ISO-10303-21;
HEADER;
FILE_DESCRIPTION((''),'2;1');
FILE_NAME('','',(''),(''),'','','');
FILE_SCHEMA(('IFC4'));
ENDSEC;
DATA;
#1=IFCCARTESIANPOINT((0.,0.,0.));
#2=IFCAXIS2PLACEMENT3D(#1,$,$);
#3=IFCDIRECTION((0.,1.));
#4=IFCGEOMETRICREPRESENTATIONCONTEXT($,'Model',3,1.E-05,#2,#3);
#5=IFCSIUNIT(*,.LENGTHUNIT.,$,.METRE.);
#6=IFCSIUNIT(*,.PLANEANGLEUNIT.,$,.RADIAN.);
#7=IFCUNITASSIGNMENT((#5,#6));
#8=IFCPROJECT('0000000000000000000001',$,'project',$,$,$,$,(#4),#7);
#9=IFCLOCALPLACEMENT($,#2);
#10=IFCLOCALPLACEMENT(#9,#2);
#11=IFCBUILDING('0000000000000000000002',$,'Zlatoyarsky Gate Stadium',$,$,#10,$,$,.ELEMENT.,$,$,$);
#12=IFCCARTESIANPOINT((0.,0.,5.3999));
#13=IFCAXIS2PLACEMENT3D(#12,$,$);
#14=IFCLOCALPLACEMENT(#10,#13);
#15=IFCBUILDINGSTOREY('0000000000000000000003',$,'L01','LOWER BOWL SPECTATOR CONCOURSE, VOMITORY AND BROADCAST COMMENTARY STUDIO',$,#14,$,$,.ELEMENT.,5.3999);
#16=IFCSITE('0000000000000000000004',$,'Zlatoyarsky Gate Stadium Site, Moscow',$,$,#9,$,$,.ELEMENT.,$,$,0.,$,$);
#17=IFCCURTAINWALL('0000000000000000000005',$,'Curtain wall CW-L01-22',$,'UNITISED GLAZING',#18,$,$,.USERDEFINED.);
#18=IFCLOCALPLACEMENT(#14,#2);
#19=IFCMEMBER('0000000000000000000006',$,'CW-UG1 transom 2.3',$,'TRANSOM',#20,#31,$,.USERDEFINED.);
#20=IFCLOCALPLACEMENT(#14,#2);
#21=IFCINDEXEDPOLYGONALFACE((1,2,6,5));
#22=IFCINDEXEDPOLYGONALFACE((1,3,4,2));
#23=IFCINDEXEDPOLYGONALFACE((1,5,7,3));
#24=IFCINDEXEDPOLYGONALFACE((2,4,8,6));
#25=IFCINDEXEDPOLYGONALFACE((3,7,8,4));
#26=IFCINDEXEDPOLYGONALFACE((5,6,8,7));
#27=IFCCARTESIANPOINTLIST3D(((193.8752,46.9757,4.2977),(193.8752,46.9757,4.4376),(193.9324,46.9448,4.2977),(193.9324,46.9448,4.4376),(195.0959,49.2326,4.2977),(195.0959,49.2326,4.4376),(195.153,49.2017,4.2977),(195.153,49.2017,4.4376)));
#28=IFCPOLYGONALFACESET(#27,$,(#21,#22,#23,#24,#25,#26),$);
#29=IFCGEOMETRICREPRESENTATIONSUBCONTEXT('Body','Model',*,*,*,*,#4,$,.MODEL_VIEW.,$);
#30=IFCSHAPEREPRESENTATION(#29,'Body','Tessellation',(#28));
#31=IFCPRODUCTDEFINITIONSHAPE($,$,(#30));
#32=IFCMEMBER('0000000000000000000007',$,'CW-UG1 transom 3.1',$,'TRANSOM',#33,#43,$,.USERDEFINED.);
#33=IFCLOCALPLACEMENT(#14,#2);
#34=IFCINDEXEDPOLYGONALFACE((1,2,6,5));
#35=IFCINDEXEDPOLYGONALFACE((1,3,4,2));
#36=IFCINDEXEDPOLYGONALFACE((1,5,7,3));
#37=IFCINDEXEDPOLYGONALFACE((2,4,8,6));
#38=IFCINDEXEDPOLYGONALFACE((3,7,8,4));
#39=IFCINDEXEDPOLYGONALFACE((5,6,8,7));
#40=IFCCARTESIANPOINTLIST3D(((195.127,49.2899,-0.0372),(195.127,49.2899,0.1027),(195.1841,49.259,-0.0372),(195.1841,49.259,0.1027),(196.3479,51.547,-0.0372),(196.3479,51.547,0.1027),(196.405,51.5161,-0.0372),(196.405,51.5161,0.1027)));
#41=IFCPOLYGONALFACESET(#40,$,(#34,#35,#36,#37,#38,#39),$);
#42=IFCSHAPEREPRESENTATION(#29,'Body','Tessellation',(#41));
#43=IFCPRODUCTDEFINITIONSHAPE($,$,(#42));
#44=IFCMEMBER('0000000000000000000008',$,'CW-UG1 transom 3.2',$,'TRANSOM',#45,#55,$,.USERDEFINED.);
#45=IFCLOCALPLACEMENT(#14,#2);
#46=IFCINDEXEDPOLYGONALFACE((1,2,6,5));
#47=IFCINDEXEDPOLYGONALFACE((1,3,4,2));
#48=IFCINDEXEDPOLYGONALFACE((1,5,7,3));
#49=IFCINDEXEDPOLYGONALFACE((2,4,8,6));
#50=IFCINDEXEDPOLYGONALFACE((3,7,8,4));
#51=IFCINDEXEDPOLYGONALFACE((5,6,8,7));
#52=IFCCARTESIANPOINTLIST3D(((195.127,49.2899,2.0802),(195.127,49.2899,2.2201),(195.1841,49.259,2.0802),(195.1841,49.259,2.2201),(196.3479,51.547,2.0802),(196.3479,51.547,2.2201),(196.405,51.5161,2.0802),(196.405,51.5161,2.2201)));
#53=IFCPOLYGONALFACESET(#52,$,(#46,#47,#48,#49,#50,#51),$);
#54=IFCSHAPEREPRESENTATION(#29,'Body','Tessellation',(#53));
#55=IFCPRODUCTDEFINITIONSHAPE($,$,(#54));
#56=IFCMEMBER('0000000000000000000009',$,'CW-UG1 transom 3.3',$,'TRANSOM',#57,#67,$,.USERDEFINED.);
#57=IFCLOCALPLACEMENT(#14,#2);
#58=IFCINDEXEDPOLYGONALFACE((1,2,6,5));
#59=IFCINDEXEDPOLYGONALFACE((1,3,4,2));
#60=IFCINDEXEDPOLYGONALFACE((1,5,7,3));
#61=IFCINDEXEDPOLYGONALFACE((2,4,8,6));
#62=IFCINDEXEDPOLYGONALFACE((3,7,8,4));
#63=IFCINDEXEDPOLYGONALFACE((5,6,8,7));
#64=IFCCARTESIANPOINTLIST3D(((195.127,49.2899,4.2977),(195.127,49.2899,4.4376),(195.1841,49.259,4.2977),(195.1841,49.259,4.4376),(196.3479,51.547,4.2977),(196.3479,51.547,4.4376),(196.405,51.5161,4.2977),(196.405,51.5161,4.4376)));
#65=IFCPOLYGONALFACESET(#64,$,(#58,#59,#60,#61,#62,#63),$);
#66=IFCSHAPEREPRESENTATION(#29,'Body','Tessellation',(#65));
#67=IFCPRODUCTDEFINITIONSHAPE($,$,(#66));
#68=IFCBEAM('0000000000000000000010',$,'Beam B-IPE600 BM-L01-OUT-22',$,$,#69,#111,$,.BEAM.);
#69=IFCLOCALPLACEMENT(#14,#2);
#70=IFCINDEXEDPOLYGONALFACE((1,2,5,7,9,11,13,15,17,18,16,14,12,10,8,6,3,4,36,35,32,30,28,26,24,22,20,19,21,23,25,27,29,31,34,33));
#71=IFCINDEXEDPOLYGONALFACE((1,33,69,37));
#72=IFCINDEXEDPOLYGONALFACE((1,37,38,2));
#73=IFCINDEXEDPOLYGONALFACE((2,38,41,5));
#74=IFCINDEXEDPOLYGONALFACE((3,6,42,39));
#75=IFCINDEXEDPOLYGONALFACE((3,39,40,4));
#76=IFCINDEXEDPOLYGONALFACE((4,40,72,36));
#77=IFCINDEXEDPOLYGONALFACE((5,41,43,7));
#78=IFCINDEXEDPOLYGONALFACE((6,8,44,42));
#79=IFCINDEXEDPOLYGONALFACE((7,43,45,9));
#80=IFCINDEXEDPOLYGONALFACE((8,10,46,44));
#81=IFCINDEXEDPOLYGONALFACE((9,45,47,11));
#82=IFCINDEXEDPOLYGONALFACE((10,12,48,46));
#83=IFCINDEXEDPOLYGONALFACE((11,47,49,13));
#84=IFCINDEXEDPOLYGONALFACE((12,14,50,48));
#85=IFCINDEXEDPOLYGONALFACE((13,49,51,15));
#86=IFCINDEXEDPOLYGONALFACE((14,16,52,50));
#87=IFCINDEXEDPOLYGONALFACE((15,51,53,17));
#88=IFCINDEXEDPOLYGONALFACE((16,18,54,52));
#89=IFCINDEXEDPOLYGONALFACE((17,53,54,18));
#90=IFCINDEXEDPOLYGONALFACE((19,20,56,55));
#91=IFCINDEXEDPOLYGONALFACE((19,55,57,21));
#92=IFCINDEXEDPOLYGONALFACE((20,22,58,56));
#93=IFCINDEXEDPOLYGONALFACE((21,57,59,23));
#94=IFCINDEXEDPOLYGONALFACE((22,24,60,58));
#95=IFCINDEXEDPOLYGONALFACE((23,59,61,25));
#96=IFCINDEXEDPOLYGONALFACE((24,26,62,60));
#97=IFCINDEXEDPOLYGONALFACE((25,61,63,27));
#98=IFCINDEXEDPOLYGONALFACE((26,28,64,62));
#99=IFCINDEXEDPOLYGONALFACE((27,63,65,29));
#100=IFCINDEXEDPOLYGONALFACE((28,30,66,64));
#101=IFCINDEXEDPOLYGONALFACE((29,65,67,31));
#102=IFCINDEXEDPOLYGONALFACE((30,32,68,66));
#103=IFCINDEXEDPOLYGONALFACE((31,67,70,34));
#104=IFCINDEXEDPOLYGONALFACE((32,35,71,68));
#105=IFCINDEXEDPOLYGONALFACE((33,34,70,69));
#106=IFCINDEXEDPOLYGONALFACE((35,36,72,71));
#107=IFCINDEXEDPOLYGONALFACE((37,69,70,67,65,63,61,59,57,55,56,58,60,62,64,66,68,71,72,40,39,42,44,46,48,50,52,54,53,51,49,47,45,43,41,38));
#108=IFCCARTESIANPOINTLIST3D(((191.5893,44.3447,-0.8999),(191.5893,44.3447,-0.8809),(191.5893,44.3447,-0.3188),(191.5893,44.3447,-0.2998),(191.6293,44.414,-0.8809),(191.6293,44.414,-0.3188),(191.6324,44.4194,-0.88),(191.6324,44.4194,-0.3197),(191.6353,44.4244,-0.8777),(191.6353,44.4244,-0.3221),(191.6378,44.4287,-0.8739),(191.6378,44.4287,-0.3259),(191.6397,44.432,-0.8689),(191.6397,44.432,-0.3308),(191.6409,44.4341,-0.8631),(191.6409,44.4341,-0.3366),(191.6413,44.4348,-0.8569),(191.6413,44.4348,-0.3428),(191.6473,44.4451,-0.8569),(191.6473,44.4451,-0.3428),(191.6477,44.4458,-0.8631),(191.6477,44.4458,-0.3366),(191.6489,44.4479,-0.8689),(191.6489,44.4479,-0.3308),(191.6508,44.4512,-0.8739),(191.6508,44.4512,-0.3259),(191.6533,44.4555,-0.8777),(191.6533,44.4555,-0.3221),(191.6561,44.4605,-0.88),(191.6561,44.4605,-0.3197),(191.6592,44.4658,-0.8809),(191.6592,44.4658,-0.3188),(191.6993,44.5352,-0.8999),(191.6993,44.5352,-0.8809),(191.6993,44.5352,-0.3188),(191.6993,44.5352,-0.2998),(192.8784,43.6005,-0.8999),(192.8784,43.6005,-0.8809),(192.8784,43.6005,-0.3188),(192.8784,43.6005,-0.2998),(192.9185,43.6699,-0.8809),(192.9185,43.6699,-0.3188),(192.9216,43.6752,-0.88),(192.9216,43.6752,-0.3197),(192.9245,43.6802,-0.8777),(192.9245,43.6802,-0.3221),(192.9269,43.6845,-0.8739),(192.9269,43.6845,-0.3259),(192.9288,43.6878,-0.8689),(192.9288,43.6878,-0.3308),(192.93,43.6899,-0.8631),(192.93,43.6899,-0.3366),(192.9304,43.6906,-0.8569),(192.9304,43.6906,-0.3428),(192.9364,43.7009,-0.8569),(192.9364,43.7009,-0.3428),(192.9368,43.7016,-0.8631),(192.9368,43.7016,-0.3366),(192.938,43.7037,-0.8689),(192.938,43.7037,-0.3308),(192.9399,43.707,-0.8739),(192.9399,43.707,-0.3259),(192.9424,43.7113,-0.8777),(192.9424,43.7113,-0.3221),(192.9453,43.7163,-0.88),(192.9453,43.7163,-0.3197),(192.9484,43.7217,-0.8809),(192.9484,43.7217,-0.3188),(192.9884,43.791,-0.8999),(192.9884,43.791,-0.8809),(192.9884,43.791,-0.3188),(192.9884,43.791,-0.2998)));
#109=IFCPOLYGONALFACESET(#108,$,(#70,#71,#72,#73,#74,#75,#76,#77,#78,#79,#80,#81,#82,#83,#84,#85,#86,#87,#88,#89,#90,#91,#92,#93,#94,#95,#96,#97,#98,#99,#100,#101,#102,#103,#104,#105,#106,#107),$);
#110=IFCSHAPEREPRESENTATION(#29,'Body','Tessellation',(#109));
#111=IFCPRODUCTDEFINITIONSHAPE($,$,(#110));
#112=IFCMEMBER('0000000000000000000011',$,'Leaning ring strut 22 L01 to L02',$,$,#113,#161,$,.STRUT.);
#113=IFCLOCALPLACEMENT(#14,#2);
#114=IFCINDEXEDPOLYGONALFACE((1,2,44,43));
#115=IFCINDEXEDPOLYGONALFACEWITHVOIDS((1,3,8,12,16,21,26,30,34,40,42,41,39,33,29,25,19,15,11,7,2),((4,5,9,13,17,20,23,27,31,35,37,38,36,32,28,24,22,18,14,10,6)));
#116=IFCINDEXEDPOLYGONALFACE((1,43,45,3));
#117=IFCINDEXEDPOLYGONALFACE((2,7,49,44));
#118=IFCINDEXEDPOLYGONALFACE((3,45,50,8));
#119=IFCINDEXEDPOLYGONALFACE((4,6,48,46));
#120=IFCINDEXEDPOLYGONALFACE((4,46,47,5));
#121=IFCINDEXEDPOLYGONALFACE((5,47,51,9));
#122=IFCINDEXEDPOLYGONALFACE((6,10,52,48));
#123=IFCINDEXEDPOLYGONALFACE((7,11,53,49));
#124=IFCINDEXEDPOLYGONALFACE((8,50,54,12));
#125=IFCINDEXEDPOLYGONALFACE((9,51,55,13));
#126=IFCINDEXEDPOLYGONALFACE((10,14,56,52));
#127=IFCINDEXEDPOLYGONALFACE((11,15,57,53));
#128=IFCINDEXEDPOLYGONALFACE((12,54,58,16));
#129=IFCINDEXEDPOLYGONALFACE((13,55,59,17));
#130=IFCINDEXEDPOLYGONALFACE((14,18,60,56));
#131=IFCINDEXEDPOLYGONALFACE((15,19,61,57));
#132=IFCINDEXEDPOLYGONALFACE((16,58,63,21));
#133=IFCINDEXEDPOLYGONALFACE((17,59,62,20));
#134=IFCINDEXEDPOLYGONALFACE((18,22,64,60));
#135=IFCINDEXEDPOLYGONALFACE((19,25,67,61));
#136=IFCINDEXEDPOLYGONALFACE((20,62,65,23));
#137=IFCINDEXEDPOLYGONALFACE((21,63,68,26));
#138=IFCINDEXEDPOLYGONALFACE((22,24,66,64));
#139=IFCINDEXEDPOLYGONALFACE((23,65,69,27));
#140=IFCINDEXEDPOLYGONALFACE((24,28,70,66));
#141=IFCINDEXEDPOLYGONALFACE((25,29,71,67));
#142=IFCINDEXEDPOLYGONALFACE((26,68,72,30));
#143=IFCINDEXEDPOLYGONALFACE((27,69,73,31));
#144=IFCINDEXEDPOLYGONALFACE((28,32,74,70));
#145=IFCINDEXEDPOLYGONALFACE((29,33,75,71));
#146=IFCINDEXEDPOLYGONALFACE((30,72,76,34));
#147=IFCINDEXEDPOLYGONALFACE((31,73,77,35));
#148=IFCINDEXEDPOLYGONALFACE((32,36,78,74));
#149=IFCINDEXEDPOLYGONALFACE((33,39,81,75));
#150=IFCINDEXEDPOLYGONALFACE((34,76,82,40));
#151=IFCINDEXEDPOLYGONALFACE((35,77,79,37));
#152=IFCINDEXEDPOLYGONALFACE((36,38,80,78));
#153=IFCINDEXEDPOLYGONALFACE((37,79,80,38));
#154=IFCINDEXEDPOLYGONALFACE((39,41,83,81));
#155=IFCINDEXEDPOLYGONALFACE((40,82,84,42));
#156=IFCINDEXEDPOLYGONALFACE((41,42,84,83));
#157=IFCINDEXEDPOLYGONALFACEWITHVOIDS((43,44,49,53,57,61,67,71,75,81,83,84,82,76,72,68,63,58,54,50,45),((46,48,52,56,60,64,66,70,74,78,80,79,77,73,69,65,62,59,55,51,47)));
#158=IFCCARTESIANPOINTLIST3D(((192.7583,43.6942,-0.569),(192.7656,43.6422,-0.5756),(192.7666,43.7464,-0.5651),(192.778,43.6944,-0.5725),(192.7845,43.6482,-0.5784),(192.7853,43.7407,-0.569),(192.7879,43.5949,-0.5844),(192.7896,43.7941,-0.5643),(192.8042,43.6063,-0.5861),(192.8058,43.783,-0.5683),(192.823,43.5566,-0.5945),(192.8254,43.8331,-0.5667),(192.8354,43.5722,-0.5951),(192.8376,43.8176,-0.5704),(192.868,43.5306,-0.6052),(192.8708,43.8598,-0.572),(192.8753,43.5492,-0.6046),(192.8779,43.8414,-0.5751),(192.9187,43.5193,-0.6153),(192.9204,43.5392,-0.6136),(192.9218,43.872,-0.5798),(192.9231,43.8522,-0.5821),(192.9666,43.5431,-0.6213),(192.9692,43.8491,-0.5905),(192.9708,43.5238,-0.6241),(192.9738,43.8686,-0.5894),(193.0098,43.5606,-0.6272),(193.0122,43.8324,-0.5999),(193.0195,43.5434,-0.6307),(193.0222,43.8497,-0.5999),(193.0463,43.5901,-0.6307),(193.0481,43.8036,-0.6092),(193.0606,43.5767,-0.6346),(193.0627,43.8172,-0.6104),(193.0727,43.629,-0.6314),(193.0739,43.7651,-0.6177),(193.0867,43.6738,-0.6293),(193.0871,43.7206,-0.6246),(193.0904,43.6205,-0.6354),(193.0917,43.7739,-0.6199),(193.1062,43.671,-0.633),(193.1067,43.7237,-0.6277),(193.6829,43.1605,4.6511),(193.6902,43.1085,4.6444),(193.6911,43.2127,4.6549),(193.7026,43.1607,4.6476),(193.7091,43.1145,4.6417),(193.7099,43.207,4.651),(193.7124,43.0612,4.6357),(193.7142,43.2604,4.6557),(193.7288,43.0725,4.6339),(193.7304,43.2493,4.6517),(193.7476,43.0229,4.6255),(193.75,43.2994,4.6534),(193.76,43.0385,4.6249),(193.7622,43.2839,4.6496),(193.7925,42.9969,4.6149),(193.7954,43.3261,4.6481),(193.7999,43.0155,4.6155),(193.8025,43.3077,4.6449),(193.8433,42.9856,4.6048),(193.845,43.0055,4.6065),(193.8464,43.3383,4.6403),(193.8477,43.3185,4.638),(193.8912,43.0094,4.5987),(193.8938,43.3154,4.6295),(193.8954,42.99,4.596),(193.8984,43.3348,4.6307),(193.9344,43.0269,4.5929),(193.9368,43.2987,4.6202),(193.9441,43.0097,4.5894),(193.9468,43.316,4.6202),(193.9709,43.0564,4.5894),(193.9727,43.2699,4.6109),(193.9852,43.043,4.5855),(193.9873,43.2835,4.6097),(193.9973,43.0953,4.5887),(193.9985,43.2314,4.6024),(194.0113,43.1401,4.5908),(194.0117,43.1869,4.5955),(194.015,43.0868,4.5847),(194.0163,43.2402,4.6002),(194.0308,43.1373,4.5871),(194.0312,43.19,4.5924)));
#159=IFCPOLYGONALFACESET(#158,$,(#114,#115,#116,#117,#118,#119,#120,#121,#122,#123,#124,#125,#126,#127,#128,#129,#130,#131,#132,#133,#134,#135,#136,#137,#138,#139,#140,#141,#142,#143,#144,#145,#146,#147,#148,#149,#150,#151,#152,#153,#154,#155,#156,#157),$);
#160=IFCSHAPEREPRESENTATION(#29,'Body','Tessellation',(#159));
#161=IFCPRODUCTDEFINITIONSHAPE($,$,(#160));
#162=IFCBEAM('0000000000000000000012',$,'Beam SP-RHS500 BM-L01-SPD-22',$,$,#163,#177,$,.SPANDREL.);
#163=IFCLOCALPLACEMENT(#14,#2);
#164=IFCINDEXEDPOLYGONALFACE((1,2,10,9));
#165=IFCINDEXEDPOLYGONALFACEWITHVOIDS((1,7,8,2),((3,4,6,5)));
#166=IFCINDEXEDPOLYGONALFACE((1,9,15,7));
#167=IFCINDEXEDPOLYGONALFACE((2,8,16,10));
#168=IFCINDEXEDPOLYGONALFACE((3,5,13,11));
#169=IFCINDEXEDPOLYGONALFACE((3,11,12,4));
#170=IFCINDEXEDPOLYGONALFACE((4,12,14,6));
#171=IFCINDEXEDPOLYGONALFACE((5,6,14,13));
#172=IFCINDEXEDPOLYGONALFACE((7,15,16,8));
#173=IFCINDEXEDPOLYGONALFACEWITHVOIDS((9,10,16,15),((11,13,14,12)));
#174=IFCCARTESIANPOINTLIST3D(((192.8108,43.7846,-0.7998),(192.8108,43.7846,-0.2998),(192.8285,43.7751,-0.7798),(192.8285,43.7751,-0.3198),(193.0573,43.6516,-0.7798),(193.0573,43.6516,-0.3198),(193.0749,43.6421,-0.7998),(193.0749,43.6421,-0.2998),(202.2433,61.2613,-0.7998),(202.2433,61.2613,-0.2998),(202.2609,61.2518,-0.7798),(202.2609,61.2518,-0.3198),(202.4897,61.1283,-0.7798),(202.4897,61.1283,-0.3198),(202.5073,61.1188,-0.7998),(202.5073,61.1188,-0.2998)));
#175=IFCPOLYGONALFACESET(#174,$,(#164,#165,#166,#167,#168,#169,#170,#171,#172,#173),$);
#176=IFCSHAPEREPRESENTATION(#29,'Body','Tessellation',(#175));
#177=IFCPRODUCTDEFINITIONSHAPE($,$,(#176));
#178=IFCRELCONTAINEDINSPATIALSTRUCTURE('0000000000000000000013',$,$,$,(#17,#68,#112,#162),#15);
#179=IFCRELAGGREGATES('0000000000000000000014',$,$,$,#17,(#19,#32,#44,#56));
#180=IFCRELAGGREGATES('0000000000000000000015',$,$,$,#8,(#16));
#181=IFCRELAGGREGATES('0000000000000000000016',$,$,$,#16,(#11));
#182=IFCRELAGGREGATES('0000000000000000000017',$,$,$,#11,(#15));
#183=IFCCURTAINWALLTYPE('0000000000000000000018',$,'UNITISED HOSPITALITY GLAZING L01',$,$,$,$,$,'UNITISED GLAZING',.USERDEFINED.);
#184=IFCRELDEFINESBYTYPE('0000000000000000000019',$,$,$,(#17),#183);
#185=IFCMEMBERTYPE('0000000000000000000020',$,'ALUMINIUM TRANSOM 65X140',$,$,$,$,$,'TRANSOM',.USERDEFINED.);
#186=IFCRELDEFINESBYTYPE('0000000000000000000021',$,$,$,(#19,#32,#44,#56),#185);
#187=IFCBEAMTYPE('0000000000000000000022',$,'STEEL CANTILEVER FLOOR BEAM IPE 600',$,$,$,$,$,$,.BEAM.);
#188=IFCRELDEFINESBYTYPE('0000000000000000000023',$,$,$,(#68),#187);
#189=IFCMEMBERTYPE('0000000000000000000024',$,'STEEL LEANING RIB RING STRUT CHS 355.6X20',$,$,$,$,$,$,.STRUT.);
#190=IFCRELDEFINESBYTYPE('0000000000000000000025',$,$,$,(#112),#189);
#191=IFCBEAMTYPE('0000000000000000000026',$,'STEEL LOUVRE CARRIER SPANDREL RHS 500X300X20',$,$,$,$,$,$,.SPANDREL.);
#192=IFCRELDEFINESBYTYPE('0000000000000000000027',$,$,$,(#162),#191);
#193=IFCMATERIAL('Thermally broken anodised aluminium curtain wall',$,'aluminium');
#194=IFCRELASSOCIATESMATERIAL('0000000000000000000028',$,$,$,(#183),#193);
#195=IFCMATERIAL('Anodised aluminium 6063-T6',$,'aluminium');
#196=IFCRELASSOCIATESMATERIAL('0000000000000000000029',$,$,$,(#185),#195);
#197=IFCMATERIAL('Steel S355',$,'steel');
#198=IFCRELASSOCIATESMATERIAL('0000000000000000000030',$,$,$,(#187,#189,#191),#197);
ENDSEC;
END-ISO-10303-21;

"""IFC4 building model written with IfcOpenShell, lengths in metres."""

from ifc_helpers import new_model, si_unit, direction, frame, origin, origin_2d, place, context, subcontext, project, spatial, rectangle, hollow_rectangle, hollow_circle, i_section, extrude, material, material_profile, profile_set, type_object, element, aggregate, save


model = new_model("IFC4")

# Units and contexts
model_context = context("Model", 3, precision=1e-05, world=origin(), true_north=direction((0.0, 1.0)))
body_context = subcontext(model_context, "Body", "Model", "MODEL_VIEW")
ifc_project = project(units=[si_unit("LENGTHUNIT", "METRE"), si_unit("PLANEANGLEUNIT", "RADIAN")], contexts=[model_context])

# Site, building, storey
site_placement = place(None, origin())
site = spatial("IfcSite", under=ifc_project, at=site_placement, Name="Zlatoyarsky Gate Stadium Site, Moscow", CompositionType="ELEMENT", RefElevation=0.0)
building_placement = place(site_placement, origin())
building = spatial("IfcBuilding", under=site, at=building_placement, Name="Zlatoyarsky Gate Stadium", CompositionType="ELEMENT")
storey_placement = place(building_placement, frame((0.0, 0.0, 5.3999)))
storey = spatial("IfcBuildingStorey", under=building, at=storey_placement, Name="L01", Description="LOWER BOWL SPECTATOR CONCOURSE, VOMITORY AND BROADCAST COMMENTARY STUDIO", CompositionType="ELEMENT", Elevation=5.3999)

# Shared definitions
ifc_material_1 = material(Name="Steel S355", Category="steel")

# Shared definitions
ifc_material_2 = material(Name="Thermally broken anodised aluminium curtain wall", Category="aluminium")
curtain_wall_type = type_object("IfcCurtainWallType", Name="UNITISED HOSPITALITY GLAZING L01", ElementType="UNITISED GLAZING", PredefinedType="USERDEFINED", material=ifc_material_2)
ifc_material_3 = material(Name="Anodised aluminium 6063-T6", Category="aluminium")

# Curtain wall, members
curtain_wall_1_placement = place(storey_placement, origin())
curtain_wall_1 = element("IfcCurtainWall", 1, at=curtain_wall_1_placement, inside=storey, type_object=curtain_wall_type, Name="Curtain wall CW-L01-22", ObjectType="UNITISED GLAZING", PredefinedType="USERDEFINED")
ifc_material_profile_1 = material_profile(ifc_material_3, rectangle(XDim=0.0649, YDim=0.1399, at=origin_2d()), Name="ALU 65X140")
ifc_profile_set_1 = profile_set([ifc_material_profile_1], Name="Anodised aluminium 6063-T6")
member_type_1 = type_object("IfcMemberType", Name="ALUMINIUM TRANSOM 65X140", ElementType="TRANSOM", PredefinedType="USERDEFINED", material=ifc_profile_set_1)
member_1_placement = place(storey_placement, frame((193.9038, 46.9602, 4.3677), z_axis=(0.475716, 0.879599, 0.0), x_axis=(-0.879599, 0.475716, 0.0)))
member_1 = element("IfcMember", 2, at=member_1_placement, type_object=member_type_1, Name="CW-UG1 transom 2.3", ObjectType="TRANSOM", PredefinedType="USERDEFINED", context=body_context, shape_type="SweptSolid", body=[
    extrude(rectangle(XDim=0.0649, YDim=0.1399, at=origin_2d()), origin(), (0.0, 0.0, 1.0), 2.5659),
])
member_2_placement = place(storey_placement, frame((195.1555, 49.2744, 0.0327), z_axis=(0.47579, 0.879559, 0.0), x_axis=(-0.879559, 0.47579, 0.0)))
member_2 = element("IfcMember", 3, at=member_2_placement, type_object=member_type_1, Name="CW-UG1 transom 3.1", ObjectType="TRANSOM", PredefinedType="USERDEFINED", context=body_context, shape_type="SweptSolid", body=[
    extrude(rectangle(XDim=0.0649, YDim=0.1399, at=origin_2d()), origin(), (0.0, 0.0, 1.0), 2.5662),
])
member_3_placement = place(storey_placement, frame((195.1555, 49.2744, 2.1501), z_axis=(0.47579, 0.879559, 0.0), x_axis=(-0.879559, 0.47579, 0.0)))
member_3 = element("IfcMember", 4, at=member_3_placement, type_object=member_type_1, Name="CW-UG1 transom 3.2", ObjectType="TRANSOM", PredefinedType="USERDEFINED", context=body_context, shape_type="SweptSolid", body=[
    extrude(rectangle(XDim=0.0649, YDim=0.1399, at=origin_2d()), origin(), (0.0, 0.0, 1.0), 2.5662),
])
member_4_placement = place(storey_placement, frame((195.1555, 49.2744, 4.3677), z_axis=(0.47579, 0.879559, 0.0), x_axis=(-0.879559, 0.47579, 0.0)))
member_4 = element("IfcMember", 5, at=member_4_placement, type_object=member_type_1, Name="CW-UG1 transom 3.3", ObjectType="TRANSOM", PredefinedType="USERDEFINED", context=body_context, shape_type="SweptSolid", body=[
    extrude(rectangle(XDim=0.0649, YDim=0.1399, at=origin_2d()), origin(), (0.0, 0.0, 1.0), 2.5662),
])

# Beam
ifc_material_profile_2 = material_profile(ifc_material_1, i_section(OverallWidth=0.22, OverallDepth=0.6001, WebThickness=0.012, FlangeThickness=0.019, FilletRadius=0.0239, at=origin_2d()), Name="IPE 600")
ifc_profile_set_2 = profile_set([ifc_material_profile_2], Name="Steel S355")
beam_type_1 = type_object("IfcBeamType", Name="STEEL CANTILEVER FLOOR BEAM IPE 600", PredefinedType="BEAM", material=ifc_profile_set_2)
beam_1_placement = place(storey_placement, frame((191.6443, 44.4399, -0.5999), z_axis=(0.866054, -0.49995, 0.0), x_axis=(0.49995, 0.866054, 0.0)))
element("IfcBeam", 6, at=beam_1_placement, inside=storey, type_object=beam_type_1, Name="Beam B-IPE600 BM-L01-OUT-22", PredefinedType="BEAM", context=body_context, shape_type="SweptSolid", body=[
    extrude(i_section(OverallWidth=0.22, OverallDepth=0.6001, WebThickness=0.012, FlangeThickness=0.019, FilletRadius=0.0239, at=origin_2d()), origin(), (0.0, 0.0, 1.0), 1.4885),
])

# Member
ifc_material_profile_3 = material_profile(ifc_material_1, hollow_circle(Radius=0.1777, WallThickness=0.02, at=origin_2d()), Name="CHS 355.6X20")
ifc_profile_set_3 = profile_set([ifc_material_profile_3], Name="Steel S355")
member_type_2 = type_object("IfcMemberType", Name="STEEL LEANING RIB RING STRUT CHS 355.6X20", PredefinedType="STRUT", material=ifc_profile_set_3)
member_5_placement = place(storey_placement, frame((192.9333, 43.6958, -0.5999), z_axis=(0.173528, -0.100167, 0.979722), x_axis=(0.499927, 0.866068, 0.0)))
element("IfcMember", 7, at=member_5_placement, inside=storey, type_object=member_type_2, Name="Leaning ring strut 22 L01 to L02", PredefinedType="STRUT", context=body_context, shape_type="SweptSolid", body=[
    extrude(hollow_circle(Radius=0.1777, WallThickness=0.02, at=origin_2d()), origin(), (0.0, 0.0, 1.0), 5.3281),
])

# Beam
ifc_material_profile_4 = material_profile(ifc_material_1, hollow_rectangle(XDim=0.3, YDim=0.5, WallThickness=0.02, at=origin_2d()), Name="RHS 500X300X20")
ifc_profile_set_4 = profile_set([ifc_material_profile_4], Name="Steel S355")
beam_type_2 = type_object("IfcBeamType", Name="STEEL LOUVRE CARRIER SPANDREL RHS 500X300X20", PredefinedType="SPANDREL", material=ifc_profile_set_4)
beam_2_placement = place(storey_placement, frame((192.9429, 43.7134, -0.5498), z_axis=(0.474955, 0.88001, 0.0), x_axis=(-0.88001, 0.474955, 0.0)))
element("IfcBeam", 8, at=beam_2_placement, inside=storey, type_object=beam_type_2, Name="Beam SP-RHS500 BM-L01-SPD-22", PredefinedType="SPANDREL", context=body_context, shape_type="SweptSolid", body=[
    extrude(hollow_rectangle(XDim=0.3, YDim=0.5, WallThickness=0.02, at=origin_2d()), origin(), (0.0, 0.0, 1.0), 19.8596),
])

aggregate(curtain_wall_1, [member_1, member_2, member_3, member_4])

save(model, "model.ifc")
